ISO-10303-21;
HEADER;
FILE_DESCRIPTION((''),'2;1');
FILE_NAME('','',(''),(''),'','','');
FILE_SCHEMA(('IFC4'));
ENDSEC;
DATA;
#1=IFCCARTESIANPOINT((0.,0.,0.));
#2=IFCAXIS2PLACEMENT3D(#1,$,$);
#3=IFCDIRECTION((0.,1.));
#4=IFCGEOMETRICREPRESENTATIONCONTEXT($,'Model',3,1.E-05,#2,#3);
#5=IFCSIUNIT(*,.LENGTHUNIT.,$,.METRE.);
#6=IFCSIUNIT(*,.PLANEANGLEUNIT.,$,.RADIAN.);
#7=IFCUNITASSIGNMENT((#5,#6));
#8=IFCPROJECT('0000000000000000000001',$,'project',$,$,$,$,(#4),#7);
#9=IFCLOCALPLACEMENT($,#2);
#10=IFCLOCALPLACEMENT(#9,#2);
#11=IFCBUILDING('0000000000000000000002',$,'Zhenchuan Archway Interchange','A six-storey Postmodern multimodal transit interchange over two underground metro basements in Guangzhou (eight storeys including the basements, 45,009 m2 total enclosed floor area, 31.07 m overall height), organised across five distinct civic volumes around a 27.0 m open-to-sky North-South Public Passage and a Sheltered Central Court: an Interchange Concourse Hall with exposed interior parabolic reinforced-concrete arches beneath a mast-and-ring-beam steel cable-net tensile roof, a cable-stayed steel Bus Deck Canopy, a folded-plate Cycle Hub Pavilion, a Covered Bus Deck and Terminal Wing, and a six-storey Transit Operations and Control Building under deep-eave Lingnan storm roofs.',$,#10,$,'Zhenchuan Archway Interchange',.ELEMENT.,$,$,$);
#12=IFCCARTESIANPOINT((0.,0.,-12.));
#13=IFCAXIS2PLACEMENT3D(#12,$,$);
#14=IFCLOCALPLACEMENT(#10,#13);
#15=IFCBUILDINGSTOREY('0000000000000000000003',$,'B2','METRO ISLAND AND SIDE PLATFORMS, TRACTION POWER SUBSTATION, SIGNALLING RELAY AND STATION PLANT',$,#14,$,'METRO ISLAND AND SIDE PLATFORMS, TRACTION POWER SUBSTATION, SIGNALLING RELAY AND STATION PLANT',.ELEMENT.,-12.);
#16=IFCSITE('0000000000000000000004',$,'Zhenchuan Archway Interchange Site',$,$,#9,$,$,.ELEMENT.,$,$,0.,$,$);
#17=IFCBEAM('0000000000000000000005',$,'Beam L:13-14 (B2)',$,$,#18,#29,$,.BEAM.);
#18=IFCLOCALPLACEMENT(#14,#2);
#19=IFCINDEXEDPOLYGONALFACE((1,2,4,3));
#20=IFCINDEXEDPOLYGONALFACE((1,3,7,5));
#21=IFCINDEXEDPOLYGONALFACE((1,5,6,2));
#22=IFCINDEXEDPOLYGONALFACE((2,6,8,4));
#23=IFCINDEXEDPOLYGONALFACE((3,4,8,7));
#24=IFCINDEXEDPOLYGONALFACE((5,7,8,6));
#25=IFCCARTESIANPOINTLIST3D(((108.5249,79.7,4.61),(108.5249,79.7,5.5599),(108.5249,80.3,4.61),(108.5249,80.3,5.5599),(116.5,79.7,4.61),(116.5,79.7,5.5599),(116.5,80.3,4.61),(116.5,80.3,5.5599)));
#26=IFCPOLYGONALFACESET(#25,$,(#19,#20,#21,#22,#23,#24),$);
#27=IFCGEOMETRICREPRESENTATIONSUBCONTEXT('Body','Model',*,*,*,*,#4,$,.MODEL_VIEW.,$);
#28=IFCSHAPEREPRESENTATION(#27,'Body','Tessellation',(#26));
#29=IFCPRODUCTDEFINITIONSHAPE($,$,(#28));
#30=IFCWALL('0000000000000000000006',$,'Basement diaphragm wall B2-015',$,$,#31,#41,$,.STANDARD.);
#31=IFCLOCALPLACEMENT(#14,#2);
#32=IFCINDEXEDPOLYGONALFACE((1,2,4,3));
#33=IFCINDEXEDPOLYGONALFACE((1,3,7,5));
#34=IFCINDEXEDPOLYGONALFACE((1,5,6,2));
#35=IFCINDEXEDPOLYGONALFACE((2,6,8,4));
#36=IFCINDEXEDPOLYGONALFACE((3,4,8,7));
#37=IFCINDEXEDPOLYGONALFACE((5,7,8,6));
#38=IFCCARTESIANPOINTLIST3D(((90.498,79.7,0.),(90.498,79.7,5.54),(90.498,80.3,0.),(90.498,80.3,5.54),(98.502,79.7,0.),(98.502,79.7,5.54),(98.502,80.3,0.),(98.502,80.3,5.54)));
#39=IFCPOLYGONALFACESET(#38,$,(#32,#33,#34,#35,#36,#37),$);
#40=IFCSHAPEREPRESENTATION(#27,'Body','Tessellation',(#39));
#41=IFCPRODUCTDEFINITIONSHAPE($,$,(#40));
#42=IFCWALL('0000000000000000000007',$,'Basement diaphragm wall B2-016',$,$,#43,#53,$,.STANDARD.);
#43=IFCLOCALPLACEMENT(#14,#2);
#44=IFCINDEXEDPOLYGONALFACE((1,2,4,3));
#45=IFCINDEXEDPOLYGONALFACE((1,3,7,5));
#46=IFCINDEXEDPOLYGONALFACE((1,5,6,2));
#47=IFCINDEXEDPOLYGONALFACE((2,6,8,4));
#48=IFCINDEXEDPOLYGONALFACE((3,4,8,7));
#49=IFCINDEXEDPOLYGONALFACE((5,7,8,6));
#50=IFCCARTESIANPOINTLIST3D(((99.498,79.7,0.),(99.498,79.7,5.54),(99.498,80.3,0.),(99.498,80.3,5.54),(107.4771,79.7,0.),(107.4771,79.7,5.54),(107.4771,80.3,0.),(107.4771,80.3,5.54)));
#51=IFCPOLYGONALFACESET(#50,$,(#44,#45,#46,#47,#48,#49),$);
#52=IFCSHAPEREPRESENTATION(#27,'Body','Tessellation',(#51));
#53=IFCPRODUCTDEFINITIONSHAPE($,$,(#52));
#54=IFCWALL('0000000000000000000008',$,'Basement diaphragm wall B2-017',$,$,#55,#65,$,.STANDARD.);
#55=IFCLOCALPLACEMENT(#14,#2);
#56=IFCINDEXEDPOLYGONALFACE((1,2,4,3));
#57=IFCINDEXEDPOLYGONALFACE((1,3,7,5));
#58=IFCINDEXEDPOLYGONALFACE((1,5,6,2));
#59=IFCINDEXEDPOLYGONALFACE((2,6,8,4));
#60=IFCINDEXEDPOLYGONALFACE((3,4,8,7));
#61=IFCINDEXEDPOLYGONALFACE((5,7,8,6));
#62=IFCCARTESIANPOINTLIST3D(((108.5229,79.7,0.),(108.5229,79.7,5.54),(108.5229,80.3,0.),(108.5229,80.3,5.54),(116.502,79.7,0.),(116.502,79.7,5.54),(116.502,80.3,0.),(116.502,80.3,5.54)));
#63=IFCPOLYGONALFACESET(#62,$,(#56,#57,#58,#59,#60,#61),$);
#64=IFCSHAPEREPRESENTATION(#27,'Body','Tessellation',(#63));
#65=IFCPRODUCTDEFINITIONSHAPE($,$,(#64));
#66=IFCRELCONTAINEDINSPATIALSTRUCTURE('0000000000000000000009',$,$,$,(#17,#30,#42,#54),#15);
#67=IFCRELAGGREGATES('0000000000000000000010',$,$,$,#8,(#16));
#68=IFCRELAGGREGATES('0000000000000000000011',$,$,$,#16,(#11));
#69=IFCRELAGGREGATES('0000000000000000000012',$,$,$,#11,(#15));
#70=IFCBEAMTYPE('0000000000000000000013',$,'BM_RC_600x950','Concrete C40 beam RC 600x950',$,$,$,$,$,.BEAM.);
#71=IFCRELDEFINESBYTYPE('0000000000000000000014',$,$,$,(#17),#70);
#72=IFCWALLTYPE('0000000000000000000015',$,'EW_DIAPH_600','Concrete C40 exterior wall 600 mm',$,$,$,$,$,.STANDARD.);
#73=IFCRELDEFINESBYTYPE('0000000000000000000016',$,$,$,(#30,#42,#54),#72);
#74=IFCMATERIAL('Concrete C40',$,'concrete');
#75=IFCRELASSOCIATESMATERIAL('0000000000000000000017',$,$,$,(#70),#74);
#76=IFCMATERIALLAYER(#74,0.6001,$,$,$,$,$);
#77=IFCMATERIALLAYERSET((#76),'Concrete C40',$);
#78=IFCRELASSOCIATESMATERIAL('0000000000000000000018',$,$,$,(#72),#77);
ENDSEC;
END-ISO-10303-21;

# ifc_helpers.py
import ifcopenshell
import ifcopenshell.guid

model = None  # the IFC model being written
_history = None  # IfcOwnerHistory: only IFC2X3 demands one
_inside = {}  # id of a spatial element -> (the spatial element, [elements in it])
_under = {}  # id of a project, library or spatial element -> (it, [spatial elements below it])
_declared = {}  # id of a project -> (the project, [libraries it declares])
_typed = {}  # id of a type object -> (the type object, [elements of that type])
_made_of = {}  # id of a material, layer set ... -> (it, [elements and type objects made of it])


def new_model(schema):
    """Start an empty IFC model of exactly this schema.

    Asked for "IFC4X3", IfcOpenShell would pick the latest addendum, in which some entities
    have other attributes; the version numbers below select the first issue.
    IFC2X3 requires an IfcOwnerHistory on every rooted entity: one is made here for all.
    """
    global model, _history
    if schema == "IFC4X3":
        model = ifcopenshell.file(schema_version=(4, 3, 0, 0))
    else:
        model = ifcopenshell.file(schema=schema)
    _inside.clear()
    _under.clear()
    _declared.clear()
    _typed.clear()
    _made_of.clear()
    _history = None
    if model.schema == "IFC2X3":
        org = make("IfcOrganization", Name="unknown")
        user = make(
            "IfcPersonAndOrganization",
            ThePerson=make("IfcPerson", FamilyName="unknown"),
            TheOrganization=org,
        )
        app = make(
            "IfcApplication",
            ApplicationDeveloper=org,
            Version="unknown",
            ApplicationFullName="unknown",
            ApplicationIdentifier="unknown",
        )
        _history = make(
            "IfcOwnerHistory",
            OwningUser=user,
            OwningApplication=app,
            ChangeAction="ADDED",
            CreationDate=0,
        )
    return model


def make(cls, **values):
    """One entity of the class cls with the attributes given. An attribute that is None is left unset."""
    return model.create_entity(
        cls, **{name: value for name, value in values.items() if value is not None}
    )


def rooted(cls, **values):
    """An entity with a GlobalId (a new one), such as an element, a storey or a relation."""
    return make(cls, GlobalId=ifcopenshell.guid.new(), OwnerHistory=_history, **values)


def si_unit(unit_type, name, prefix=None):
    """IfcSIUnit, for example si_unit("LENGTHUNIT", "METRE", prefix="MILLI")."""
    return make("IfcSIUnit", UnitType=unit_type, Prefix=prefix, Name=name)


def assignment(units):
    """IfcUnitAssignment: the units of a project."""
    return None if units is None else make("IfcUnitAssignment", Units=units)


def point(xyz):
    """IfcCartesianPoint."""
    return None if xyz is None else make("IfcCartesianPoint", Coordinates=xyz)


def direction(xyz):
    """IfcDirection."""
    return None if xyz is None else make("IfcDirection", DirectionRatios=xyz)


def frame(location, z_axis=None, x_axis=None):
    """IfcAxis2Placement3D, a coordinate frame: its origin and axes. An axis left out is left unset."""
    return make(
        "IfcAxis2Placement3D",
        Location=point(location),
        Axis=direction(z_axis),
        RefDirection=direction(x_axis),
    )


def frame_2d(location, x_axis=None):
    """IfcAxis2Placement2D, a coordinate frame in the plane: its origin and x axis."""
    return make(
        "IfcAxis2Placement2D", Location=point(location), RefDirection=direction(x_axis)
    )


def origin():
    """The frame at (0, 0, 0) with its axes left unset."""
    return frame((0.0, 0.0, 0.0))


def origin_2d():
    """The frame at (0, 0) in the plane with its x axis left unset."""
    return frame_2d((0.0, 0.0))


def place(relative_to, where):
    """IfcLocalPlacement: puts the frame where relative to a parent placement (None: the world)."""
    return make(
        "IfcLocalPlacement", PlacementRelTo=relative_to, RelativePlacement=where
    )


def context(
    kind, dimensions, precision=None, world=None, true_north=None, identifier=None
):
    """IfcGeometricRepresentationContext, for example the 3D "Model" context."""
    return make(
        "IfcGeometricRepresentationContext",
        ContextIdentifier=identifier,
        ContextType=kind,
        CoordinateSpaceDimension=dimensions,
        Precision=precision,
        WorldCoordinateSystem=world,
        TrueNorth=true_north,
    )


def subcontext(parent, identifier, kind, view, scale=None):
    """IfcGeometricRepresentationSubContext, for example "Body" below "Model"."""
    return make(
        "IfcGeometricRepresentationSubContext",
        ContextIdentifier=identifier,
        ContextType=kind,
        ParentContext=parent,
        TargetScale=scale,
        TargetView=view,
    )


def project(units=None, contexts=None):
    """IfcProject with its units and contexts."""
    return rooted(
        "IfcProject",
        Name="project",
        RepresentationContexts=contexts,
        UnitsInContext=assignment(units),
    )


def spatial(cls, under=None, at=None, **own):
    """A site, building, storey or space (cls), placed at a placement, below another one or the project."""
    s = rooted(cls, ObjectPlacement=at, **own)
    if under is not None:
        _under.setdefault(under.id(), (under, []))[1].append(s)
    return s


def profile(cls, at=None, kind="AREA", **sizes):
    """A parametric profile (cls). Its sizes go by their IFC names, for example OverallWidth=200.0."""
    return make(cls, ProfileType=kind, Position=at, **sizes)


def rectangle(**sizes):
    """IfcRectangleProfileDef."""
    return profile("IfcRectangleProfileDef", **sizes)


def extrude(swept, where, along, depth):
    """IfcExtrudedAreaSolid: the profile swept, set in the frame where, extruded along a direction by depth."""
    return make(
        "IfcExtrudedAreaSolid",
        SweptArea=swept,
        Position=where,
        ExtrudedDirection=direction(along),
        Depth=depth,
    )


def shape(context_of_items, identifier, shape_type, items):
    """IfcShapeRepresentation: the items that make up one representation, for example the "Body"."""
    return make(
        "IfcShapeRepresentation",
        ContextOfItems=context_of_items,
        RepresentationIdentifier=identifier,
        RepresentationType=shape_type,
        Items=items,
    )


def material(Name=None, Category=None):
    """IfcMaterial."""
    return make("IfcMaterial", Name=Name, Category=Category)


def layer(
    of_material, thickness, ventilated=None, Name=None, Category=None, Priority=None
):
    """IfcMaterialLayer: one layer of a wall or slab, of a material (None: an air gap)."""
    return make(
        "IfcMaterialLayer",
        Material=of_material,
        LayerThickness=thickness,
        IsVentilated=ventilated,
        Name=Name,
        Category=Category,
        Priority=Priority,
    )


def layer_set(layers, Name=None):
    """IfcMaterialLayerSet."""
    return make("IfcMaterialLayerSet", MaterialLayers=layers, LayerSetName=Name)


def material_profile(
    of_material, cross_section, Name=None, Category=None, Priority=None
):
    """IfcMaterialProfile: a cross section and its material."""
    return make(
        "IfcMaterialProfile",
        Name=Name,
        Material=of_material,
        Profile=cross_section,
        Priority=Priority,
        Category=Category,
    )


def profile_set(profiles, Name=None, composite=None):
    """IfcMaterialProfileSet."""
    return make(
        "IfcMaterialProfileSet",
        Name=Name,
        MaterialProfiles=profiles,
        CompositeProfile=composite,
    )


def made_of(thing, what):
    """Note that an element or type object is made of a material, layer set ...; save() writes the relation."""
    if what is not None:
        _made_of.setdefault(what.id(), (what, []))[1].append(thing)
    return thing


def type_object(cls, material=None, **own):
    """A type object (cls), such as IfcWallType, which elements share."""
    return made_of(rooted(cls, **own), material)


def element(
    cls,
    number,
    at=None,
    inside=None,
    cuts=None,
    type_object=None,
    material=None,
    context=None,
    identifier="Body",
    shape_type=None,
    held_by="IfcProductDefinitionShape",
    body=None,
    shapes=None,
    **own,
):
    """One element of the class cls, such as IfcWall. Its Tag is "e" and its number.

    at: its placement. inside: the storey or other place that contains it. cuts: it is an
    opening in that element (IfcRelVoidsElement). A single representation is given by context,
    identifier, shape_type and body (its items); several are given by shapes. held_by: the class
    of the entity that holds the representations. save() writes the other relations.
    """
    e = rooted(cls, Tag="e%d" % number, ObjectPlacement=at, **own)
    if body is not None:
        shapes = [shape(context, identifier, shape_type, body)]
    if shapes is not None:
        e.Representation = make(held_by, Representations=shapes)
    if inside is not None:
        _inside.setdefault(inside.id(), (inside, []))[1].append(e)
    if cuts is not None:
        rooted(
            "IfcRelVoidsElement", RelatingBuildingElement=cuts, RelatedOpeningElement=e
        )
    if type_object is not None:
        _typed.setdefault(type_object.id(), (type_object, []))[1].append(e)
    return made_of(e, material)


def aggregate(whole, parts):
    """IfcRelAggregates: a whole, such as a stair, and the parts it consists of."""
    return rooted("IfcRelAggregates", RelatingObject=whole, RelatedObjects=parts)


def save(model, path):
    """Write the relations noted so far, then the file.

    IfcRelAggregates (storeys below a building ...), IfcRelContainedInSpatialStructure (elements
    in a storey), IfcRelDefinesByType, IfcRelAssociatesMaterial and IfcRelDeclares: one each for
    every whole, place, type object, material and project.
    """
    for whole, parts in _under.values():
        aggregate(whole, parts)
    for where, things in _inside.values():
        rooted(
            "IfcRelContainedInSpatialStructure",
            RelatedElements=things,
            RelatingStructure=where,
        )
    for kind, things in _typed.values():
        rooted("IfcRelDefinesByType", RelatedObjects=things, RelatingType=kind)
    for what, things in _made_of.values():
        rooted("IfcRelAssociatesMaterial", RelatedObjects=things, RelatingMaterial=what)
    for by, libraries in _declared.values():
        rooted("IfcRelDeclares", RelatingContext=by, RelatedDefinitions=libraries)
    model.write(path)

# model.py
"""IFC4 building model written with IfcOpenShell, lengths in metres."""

from ifc_helpers import new_model, si_unit, direction, frame, frame_2d, origin, origin_2d, place, context, subcontext, project, spatial, rectangle, extrude, material, layer, layer_set, material_profile, profile_set, type_object, element, save


model = new_model("IFC4")

# Units and contexts
model_context = context("Model", 3, precision=1e-05, world=origin(), true_north=direction((0.0, 1.0)))
body_context = subcontext(model_context, "Body", "Model", "MODEL_VIEW")
ifc_project = project(units=[si_unit("LENGTHUNIT", "METRE"), si_unit("PLANEANGLEUNIT", "RADIAN")], contexts=[model_context])

# Site, building, storey
site_placement = place(None, origin())
site = spatial("IfcSite", under=ifc_project, at=site_placement, Name="Zhenchuan Archway Interchange Site", CompositionType="ELEMENT", RefElevation=0.0)
building_placement = place(site_placement, origin())
building = spatial("IfcBuilding", under=site, at=building_placement, Name="Zhenchuan Archway Interchange", Description="A six-storey Postmodern multimodal transit interchange over two underground metro basements in Guangzhou (eight storeys including the basements, 45,009 m2 total enclosed floor area, 31.07 m overall height), organised across five distinct civic volumes around a 27.0 m open-to-sky North-South Public Passage and a Sheltered Central Court: an Interchange Concourse Hall with exposed interior parabolic reinforced-concrete arches beneath a mast-and-ring-beam steel cable-net tensile roof, a cable-stayed steel Bus Deck Canopy, a folded-plate Cycle Hub Pavilion, a Covered Bus Deck and Terminal Wing, and a six-storey Transit Operations and Control Building under deep-eave Lingnan storm roofs.", LongName="Zhenchuan Archway Interchange", CompositionType="ELEMENT")
storey_placement = place(building_placement, frame((0.0, 0.0, -12.0)))
storey = spatial("IfcBuildingStorey", under=building, at=storey_placement, Name="B2", Description="METRO ISLAND AND SIDE PLATFORMS, TRACTION POWER SUBSTATION, SIGNALLING RELAY AND STATION PLANT", LongName="METRO ISLAND AND SIDE PLATFORMS, TRACTION POWER SUBSTATION, SIGNALLING RELAY AND STATION PLANT", CompositionType="ELEMENT", Elevation=-12.0)

# Shared definitions
ifc_material_1 = material(Name="Concrete C40", Category="concrete")

# Beam
ifc_material_profile_1 = material_profile(ifc_material_1, rectangle(XDim=0.6001, YDim=0.95, at=origin_2d()), Name="RC 600x950")
ifc_profile_set_1 = profile_set([ifc_material_profile_1], Name="Concrete C40")
beam_type_1 = type_object("IfcBeamType", Name="BM_RC_600x950", Description="Concrete C40 beam RC 600x950", PredefinedType="BEAM", material=ifc_profile_set_1)
for number, where, z_axis, x_axis, name in (
    (1, (108.5249, 80.0, 5.085), (1.0, 0.0, 0.0), (0.0, 1.0, 0.0), "Beam L:13-14 (B2)"),
):
    element("IfcBeam", number, at=place(storey_placement, frame(where, z_axis=z_axis, x_axis=x_axis)), inside=storey, type_object=beam_type_1, Name=name, PredefinedType="BEAM", context=body_context, shape_type="SweptSolid", body=[
        extrude(rectangle(XDim=0.6001, YDim=0.95, at=origin_2d()), origin(), (0.0, 0.0, 1.0), 7.9751),
    ])

# Walls
ifc_layer = layer(ifc_material_1, 0.6001)
ifc_layer_set = layer_set([ifc_layer], Name="Concrete C40")
wall_type = type_object("IfcWallType", Name="EW_DIAPH_600", Description="Concrete C40 exterior wall 600 mm", PredefinedType="STANDARD", material=ifc_layer_set)
wall_placement = place(storey_placement, frame((90.498, 80.0, 0.0), z_axis=(0.0, 0.0, 1.0), x_axis=(1.0, 0.0, 0.0)))
element("IfcWall", 2, at=wall_placement, inside=storey, type_object=wall_type, Name="Basement diaphragm wall B2-015", PredefinedType="STANDARD", context=body_context, shape_type="SweptSolid", body=[
    extrude(rectangle(XDim=8.0039, YDim=0.6001, at=frame_2d((4.002, 0.0))), origin(), (0.0, 0.0, 1.0), 5.54),
])
for number, where, z_axis, x_axis, name in (
    (3, (99.498, 80.0, 0.0), (0.0, 0.0, 1.0), (1.0, 0.0, 0.0), "Basement diaphragm wall B2-016"),
    (4, (108.5229, 80.0, 0.0), (0.0, 0.0, 1.0), (1.0, 0.0, 0.0), "Basement diaphragm wall B2-017"),
):
    element("IfcWall", number, at=place(storey_placement, frame(where, z_axis=z_axis, x_axis=x_axis)), inside=storey, type_object=wall_type, Name=name, PredefinedType="STANDARD", context=body_context, shape_type="SweptSolid", body=[
        extrude(rectangle(XDim=7.979, YDim=0.6001, at=frame_2d((3.9895, 0.0))), origin(), (0.0, 0.0, 1.0), 5.54),
    ])

save(model, "model.ifc")
